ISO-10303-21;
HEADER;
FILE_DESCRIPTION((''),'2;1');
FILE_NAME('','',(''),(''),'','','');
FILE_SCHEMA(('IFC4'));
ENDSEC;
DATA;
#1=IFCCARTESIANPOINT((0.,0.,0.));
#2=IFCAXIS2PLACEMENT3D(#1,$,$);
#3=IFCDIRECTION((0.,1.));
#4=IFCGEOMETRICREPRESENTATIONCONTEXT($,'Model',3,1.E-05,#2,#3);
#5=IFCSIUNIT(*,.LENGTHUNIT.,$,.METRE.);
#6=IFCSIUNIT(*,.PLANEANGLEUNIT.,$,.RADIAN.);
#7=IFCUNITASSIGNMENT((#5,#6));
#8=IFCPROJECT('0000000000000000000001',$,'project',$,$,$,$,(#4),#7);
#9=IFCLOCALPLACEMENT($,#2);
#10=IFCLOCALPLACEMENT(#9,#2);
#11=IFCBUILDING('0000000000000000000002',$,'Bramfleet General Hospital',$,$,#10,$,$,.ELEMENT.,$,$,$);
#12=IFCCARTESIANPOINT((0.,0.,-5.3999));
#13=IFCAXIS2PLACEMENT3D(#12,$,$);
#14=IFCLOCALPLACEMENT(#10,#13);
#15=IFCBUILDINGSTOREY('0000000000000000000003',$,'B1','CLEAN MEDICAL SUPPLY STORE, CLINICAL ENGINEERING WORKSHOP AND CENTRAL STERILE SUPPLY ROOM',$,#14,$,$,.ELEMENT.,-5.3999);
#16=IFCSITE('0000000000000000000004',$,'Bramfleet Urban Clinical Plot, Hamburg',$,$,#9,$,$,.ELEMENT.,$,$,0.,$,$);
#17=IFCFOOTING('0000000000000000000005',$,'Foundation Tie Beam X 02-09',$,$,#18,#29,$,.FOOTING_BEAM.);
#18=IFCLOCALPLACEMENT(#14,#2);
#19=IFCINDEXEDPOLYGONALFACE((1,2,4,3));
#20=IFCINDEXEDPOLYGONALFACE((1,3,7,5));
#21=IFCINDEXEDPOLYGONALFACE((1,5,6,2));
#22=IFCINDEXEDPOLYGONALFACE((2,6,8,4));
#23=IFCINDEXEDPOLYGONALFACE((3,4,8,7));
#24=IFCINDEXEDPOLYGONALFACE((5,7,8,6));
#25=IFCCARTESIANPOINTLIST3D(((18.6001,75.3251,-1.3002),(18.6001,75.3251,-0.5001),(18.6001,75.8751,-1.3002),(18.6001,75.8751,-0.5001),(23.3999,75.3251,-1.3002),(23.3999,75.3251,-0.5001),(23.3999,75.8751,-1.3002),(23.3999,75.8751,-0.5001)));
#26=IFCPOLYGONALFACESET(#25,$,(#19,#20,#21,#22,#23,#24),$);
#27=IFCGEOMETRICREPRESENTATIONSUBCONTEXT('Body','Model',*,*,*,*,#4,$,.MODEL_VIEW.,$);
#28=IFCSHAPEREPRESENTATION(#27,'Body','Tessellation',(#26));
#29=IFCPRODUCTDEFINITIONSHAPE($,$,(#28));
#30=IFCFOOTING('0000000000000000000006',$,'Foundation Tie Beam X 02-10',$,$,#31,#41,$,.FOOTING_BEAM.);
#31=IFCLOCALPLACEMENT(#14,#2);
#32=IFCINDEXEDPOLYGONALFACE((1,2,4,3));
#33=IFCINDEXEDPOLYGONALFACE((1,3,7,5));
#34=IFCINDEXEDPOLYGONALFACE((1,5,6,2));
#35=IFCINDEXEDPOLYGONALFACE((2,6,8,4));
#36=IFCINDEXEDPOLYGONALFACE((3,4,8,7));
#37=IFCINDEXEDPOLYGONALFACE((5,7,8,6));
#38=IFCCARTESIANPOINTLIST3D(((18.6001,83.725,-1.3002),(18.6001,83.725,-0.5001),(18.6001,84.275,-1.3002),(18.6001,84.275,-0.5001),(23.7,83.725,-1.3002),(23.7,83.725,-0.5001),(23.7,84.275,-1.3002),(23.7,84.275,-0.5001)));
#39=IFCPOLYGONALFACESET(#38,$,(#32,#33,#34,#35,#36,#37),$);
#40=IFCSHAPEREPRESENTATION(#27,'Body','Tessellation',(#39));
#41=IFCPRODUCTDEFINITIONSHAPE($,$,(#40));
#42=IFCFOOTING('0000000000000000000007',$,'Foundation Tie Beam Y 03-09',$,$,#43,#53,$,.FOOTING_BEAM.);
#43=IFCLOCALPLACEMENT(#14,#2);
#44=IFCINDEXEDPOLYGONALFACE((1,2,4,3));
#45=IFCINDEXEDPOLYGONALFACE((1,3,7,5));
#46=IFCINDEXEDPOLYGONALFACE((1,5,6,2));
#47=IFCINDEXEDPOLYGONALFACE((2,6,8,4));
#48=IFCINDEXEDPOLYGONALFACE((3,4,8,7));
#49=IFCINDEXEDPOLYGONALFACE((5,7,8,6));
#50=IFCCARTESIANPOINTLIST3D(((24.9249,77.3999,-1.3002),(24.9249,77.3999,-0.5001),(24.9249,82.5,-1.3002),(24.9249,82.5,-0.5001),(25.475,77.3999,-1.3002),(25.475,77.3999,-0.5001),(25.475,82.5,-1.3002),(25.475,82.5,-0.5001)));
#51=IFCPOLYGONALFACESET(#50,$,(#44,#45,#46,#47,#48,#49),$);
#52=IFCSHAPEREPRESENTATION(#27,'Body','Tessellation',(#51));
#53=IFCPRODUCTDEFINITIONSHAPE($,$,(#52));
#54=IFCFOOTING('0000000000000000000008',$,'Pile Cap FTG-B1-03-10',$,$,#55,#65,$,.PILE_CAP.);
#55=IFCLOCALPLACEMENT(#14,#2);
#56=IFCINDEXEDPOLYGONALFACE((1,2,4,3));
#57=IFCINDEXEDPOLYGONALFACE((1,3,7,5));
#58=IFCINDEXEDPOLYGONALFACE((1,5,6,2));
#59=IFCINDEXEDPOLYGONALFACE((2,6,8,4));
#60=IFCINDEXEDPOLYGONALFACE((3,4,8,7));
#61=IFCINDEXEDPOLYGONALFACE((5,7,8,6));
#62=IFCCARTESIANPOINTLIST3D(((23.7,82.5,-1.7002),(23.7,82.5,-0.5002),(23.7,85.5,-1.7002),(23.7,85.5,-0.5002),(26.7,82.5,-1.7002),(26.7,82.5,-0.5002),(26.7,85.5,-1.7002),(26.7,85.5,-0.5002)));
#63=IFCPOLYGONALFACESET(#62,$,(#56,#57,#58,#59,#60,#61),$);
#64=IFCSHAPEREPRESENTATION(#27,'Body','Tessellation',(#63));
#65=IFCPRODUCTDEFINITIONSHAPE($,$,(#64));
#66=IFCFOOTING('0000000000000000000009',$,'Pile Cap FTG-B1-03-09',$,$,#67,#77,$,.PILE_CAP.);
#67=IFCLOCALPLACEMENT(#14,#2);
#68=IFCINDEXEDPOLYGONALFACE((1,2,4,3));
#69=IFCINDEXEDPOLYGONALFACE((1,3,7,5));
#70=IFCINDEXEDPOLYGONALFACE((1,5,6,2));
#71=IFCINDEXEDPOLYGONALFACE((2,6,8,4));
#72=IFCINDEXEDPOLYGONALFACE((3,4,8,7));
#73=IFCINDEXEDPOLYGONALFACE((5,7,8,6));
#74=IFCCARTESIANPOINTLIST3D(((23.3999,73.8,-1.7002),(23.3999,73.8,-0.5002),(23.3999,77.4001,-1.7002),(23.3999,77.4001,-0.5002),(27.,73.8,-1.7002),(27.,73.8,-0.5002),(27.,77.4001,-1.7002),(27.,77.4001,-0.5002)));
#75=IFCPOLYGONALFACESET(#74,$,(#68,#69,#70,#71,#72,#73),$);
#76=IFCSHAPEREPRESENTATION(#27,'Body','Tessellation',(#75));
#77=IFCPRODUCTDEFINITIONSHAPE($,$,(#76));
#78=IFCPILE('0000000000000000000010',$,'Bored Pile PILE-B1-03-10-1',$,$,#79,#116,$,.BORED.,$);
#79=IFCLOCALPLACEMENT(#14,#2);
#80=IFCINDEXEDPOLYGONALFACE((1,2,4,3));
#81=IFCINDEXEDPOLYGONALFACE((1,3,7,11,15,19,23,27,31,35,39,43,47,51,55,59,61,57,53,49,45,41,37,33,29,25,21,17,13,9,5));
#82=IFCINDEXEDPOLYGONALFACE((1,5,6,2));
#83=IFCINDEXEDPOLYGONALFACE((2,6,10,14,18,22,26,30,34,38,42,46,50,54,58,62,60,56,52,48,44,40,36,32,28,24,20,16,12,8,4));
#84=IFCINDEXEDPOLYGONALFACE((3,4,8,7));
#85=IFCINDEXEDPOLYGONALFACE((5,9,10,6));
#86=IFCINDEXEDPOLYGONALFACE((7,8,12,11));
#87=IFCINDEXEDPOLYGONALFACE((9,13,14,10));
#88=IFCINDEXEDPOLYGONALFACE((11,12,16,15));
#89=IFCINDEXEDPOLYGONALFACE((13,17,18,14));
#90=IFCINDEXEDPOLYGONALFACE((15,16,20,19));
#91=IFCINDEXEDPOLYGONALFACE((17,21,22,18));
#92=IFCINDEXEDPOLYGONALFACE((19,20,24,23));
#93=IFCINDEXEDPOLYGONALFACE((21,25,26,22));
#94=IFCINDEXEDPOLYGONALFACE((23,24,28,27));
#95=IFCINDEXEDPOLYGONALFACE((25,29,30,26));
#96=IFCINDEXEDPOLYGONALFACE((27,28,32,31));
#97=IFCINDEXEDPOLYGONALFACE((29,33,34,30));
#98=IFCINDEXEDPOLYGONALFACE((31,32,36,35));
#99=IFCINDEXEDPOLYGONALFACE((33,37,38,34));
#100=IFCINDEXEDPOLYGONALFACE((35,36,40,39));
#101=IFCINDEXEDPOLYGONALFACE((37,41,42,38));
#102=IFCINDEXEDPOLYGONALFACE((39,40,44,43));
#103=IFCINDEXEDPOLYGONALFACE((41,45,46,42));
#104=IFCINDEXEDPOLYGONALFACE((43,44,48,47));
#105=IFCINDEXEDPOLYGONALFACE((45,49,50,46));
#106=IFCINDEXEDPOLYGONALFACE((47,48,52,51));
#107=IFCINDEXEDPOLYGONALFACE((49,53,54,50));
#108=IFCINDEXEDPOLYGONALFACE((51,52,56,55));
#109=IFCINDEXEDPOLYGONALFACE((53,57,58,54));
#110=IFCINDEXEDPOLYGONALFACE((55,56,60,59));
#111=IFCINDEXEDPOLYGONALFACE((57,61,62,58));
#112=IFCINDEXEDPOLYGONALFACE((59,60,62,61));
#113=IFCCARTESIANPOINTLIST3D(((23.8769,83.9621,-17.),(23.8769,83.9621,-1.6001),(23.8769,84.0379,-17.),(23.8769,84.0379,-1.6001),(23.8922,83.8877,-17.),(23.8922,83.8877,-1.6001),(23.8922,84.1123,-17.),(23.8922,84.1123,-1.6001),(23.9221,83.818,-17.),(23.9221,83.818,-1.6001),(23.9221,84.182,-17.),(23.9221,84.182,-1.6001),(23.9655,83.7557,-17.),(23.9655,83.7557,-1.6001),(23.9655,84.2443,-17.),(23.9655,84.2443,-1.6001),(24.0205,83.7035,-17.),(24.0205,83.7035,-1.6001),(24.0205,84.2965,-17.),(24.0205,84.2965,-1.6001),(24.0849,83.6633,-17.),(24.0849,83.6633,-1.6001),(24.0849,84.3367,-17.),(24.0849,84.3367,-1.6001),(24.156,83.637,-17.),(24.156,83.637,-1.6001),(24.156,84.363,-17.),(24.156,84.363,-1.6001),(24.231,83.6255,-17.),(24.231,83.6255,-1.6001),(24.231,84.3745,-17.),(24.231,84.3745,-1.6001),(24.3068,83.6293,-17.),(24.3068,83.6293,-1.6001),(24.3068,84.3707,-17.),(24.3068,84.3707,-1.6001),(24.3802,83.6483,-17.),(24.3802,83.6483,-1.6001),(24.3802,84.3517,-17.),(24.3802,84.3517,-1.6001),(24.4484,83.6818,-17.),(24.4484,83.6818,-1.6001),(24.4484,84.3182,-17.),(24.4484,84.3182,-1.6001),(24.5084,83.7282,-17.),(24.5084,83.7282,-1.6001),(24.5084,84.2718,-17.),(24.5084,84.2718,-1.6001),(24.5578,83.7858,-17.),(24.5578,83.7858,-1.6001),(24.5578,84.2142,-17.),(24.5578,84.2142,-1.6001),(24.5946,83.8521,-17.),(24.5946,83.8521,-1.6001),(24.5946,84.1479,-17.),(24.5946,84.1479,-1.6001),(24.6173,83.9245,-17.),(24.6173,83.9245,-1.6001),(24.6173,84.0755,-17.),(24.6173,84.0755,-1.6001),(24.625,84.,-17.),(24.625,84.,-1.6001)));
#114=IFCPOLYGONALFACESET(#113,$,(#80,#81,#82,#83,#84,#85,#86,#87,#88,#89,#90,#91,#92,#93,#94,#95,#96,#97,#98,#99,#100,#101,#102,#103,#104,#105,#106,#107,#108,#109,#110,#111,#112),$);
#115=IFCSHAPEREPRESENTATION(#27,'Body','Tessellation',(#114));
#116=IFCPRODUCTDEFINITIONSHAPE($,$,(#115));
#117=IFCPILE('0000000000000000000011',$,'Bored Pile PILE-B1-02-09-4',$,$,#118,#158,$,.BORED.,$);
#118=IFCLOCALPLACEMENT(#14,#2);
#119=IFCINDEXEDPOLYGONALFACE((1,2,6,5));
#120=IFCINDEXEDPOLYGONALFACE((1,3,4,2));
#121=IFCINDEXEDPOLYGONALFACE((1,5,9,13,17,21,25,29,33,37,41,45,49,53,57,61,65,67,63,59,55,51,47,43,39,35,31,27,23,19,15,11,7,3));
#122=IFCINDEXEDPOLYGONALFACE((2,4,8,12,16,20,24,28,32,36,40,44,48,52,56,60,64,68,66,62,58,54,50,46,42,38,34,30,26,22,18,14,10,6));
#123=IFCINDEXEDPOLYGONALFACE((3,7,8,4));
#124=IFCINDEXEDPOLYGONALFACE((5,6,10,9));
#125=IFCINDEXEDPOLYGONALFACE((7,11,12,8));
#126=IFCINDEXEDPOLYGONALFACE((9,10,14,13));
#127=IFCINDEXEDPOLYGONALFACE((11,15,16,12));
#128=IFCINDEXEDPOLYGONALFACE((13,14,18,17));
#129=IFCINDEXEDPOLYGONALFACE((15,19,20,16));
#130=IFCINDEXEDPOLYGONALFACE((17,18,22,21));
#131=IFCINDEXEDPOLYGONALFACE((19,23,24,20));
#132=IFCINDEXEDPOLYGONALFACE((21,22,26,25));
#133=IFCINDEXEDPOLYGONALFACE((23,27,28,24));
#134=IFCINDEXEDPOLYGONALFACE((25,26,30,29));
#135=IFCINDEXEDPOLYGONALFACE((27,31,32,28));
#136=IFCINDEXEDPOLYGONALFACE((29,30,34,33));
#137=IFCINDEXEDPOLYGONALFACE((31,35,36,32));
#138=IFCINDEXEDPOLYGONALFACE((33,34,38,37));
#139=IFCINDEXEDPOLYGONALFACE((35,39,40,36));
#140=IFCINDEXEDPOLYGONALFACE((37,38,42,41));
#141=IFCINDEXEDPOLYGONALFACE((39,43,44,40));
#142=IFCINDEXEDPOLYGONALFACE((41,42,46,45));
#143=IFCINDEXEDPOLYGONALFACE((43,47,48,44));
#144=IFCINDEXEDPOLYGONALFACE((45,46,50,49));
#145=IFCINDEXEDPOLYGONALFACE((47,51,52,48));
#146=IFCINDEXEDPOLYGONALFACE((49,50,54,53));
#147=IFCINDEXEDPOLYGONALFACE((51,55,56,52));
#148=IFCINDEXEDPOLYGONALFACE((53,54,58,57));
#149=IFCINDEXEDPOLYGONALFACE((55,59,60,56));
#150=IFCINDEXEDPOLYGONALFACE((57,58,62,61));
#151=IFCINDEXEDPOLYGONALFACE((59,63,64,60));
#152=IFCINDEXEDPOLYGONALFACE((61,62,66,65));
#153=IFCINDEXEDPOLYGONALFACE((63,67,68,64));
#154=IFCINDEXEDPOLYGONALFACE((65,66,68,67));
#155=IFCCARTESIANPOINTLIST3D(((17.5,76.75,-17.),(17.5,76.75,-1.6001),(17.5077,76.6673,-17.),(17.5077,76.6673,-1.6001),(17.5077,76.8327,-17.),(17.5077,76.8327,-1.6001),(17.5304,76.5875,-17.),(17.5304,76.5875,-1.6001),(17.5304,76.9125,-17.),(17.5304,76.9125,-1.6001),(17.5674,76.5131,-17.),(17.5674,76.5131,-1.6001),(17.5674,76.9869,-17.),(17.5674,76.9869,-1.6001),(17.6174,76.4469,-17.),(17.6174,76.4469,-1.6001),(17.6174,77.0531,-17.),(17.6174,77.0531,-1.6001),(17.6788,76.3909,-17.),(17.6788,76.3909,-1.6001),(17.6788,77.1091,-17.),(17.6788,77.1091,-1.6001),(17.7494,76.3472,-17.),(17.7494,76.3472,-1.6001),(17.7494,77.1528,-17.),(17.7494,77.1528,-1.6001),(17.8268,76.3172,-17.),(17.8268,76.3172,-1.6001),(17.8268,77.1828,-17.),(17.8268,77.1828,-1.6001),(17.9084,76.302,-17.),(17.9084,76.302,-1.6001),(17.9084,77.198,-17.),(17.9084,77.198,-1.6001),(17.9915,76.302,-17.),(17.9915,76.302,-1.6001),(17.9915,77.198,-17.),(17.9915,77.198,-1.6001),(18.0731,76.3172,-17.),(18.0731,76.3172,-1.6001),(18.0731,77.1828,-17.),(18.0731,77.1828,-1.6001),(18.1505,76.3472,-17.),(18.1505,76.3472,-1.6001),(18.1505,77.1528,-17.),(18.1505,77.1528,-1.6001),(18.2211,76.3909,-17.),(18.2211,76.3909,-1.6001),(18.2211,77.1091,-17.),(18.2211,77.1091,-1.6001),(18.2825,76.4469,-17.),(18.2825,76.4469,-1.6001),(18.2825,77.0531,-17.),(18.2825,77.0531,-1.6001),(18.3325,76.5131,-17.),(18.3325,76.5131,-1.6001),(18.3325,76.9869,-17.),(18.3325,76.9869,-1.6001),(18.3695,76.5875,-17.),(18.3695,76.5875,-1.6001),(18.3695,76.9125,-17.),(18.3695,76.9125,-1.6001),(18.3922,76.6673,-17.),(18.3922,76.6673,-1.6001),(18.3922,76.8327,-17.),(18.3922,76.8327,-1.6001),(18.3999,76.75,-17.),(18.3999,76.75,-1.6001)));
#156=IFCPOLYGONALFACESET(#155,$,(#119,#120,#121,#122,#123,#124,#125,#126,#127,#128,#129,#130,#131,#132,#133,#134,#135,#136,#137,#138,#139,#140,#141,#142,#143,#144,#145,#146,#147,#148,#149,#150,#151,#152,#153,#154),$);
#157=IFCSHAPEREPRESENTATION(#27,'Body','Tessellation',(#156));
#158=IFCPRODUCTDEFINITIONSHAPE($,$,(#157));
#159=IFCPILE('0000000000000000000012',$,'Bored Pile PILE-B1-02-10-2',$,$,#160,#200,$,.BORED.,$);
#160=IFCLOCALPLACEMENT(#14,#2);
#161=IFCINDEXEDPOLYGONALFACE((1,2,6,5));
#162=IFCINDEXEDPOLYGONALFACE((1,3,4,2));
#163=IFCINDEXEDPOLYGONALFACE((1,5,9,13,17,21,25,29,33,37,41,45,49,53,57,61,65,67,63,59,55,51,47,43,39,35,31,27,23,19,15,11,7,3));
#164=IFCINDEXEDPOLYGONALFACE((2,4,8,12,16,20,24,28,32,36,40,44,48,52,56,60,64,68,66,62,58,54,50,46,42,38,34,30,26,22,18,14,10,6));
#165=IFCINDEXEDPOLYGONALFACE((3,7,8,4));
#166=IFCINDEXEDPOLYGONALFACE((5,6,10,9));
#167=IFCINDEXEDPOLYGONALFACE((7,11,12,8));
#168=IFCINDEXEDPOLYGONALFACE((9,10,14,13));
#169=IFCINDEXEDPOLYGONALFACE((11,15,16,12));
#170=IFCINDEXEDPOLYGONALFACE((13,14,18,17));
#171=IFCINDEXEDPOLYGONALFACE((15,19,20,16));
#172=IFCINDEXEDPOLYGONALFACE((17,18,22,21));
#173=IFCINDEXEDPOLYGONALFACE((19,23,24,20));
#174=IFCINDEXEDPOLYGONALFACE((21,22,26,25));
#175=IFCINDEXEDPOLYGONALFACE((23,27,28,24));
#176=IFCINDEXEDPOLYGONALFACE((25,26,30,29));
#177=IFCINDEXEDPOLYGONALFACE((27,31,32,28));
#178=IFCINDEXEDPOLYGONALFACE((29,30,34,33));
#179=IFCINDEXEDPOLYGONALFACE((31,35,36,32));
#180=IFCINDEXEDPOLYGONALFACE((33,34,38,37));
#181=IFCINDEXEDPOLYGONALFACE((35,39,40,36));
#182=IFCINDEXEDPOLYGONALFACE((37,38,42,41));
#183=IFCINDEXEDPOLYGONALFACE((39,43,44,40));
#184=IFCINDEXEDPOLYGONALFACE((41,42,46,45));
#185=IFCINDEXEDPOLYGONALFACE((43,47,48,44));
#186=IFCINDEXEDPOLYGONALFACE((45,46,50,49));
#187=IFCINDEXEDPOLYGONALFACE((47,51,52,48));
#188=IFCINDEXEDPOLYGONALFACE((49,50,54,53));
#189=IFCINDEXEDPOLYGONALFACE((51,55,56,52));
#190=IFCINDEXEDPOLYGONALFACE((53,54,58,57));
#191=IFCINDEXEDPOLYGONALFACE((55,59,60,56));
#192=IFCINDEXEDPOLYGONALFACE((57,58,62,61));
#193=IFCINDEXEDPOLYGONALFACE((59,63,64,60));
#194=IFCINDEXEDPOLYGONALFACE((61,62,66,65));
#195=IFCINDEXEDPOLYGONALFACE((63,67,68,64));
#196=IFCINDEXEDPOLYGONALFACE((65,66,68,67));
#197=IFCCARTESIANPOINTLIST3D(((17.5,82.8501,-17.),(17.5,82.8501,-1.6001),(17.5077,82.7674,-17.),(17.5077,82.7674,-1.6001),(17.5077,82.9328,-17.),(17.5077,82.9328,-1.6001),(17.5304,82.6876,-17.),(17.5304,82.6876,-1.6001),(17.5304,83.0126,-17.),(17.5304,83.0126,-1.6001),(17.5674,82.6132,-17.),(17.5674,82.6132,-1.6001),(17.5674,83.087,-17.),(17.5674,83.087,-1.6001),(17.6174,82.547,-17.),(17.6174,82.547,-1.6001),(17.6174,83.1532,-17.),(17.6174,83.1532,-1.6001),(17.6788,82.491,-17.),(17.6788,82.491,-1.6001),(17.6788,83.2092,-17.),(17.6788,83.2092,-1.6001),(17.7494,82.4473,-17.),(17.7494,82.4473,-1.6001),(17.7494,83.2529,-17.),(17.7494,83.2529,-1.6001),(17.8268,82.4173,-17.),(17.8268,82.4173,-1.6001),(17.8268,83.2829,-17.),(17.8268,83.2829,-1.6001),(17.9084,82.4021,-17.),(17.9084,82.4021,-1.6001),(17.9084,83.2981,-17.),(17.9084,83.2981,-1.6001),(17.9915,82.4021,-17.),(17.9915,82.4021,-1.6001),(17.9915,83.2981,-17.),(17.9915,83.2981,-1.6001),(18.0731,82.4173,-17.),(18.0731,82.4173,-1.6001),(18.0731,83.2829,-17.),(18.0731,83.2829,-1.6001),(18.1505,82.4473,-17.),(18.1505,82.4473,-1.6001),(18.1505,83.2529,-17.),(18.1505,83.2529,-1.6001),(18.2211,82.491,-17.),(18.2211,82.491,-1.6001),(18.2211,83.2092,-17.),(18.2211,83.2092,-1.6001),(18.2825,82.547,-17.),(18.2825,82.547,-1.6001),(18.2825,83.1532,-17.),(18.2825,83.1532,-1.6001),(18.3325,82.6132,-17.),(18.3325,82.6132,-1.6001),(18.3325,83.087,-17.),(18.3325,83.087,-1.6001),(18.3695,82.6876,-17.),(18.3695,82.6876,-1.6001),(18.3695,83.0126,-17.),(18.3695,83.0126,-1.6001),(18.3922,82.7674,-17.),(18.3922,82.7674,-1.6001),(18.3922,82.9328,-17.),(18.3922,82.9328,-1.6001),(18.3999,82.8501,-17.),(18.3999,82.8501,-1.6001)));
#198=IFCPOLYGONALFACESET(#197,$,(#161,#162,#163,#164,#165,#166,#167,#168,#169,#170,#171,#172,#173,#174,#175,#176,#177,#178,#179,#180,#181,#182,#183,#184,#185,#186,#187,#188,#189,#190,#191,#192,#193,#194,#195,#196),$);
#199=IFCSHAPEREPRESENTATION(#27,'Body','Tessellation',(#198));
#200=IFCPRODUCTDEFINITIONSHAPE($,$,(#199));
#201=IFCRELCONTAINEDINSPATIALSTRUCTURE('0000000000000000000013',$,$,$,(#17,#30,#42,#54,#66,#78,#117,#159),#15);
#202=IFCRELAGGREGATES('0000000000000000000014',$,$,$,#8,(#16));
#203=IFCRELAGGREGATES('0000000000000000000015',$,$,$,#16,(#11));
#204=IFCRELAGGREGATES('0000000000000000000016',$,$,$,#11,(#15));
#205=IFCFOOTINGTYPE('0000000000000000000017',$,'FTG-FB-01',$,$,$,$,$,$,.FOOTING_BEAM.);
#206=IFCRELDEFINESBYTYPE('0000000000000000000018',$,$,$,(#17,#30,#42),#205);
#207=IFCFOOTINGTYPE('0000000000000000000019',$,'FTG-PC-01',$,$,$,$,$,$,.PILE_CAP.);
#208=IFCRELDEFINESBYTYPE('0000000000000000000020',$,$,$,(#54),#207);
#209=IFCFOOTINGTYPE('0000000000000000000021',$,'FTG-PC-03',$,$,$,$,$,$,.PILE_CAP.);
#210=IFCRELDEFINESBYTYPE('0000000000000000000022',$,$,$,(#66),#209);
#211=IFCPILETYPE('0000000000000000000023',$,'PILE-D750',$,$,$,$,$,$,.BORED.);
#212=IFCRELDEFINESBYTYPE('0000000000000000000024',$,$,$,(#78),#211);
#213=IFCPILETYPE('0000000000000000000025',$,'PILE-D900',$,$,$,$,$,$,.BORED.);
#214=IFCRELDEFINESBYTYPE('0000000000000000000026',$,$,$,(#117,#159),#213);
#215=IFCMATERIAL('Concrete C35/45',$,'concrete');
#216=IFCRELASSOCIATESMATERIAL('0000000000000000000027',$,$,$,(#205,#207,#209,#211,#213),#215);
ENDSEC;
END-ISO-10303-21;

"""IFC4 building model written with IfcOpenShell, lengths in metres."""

from ifc_helpers import new_model, si_unit, direction, frame, origin, origin_2d, place, context, subcontext, project, spatial, rectangle, circle, extrude, material, material_profile, profile_set, type_object, element, save


model = new_model("IFC4")

# Units and contexts
model_context = context("Model", 3, precision=1e-05, world=origin(), true_north=direction((0.0, 1.0)))
body_context = subcontext(model_context, "Body", "Model", "MODEL_VIEW")
ifc_project = project(units=[si_unit("LENGTHUNIT", "METRE"), si_unit("PLANEANGLEUNIT", "RADIAN")], contexts=[model_context])

# Site, building, storey
site_placement = place(None, origin())
site = spatial("IfcSite", under=ifc_project, at=site_placement, Name="Bramfleet Urban Clinical Plot, Hamburg", CompositionType="ELEMENT", RefElevation=0.0)
building_placement = place(site_placement, origin())
building = spatial("IfcBuilding", under=site, at=building_placement, Name="Bramfleet General Hospital", CompositionType="ELEMENT")
storey_placement = place(building_placement, frame((0.0, 0.0, -5.3999)))
storey = spatial("IfcBuildingStorey", under=building, at=storey_placement, Name="B1", Description="CLEAN MEDICAL SUPPLY STORE, CLINICAL ENGINEERING WORKSHOP AND CENTRAL STERILE SUPPLY ROOM", CompositionType="ELEMENT", Elevation=-5.3999)

# Footings
ifc_material_1 = material(Name="Concrete C35/45", Category="concrete")
ifc_material_profile_1 = material_profile(ifc_material_1, rectangle(XDim=0.55, YDim=0.8, at=origin_2d()), Name="RC FB 800x550")
ifc_profile_set_1 = profile_set([ifc_material_profile_1], Name="Concrete C35/45")
footing_type_1 = type_object("IfcFootingType", Name="FTG-FB-01", PredefinedType="FOOTING_BEAM", material=ifc_profile_set_1)
footing_1_placement = place(storey_placement, frame((18.6001, 75.6001, -0.9001), z_axis=(1.0, 0.0, 0.0), x_axis=(0.0, 1.0, 0.0)))
element("IfcFooting", 1, at=footing_1_placement, inside=storey, type_object=footing_type_1, Name="Foundation Tie Beam X 02-09", PredefinedType="FOOTING_BEAM", context=body_context, shape_type="SweptSolid", body=[
    extrude(rectangle(XDim=0.55, YDim=0.8, at=origin_2d()), origin(), (0.0, 0.0, 1.0), 4.7998),
])
footing_2_placement = place(storey_placement, frame((18.6001, 84.0, -0.9001), z_axis=(1.0, 0.0, 0.0), x_axis=(0.0, 1.0, 0.0)))
element("IfcFooting", 2, at=footing_2_placement, inside=storey, type_object=footing_type_1, Name="Foundation Tie Beam X 02-10", PredefinedType="FOOTING_BEAM", context=body_context, shape_type="SweptSolid", body=[
    extrude(rectangle(XDim=0.55, YDim=0.8, at=origin_2d()), origin(), (0.0, 0.0, 1.0), 5.0999),
])
footing_3_placement = place(storey_placement, frame((25.2, 77.3999, -0.9001), z_axis=(0.0, 1.0, 0.0), x_axis=(-1.0, 0.0, 0.0)))
element("IfcFooting", 3, at=footing_3_placement, inside=storey, type_object=footing_type_1, Name="Foundation Tie Beam Y 03-09", PredefinedType="FOOTING_BEAM", context=body_context, shape_type="SweptSolid", body=[
    extrude(rectangle(XDim=0.55, YDim=0.8, at=origin_2d()), origin(), (0.0, 0.0, 1.0), 5.1001),
])
footing_type_2 = type_object("IfcFootingType", Name="FTG-PC-01", PredefinedType="PILE_CAP", material=ifc_material_1)
footing_4_placement = place(storey_placement, frame((25.2, 84.0, -1.7002), z_axis=(0.0, 0.0, 1.0), x_axis=(1.0, 0.0, 0.0)))
element("IfcFooting", 4, at=footing_4_placement, inside=storey, type_object=footing_type_2, Name="Pile Cap FTG-B1-03-10", PredefinedType="PILE_CAP", context=body_context, shape_type="SweptSolid", body=[
    extrude(rectangle(XDim=3.0, YDim=3.0, at=origin_2d()), origin(), (0.0, 0.0, 1.0), 1.2),
])
footing_type_3 = type_object("IfcFootingType", Name="FTG-PC-03", PredefinedType="PILE_CAP", material=ifc_material_1)
footing_5_placement = place(storey_placement, frame((25.2, 75.6001, -1.7002), z_axis=(0.0, 0.0, 1.0), x_axis=(1.0, 0.0, 0.0)))
element("IfcFooting", 5, at=footing_5_placement, inside=storey, type_object=footing_type_3, Name="Pile Cap FTG-B1-03-09", PredefinedType="PILE_CAP", context=body_context, shape_type="SweptSolid", body=[
    extrude(rectangle(XDim=3.6001, YDim=3.6001, at=origin_2d()), origin(), (0.0, 0.0, 1.0), 1.2),
])

# Piles
ifc_material_profile_2 = material_profile(ifc_material_1, circle(Radius=0.375, at=origin_2d()), Name="PILE BORED D750")
ifc_profile_set_2 = profile_set([ifc_material_profile_2], Name="Concrete C35/45")
pile_type_1 = type_object("IfcPileType", Name="PILE-D750", PredefinedType="BORED", material=ifc_profile_set_2)
pile_placement = place(storey_placement, frame((24.25, 84.0, -1.6001), z_axis=(0.0, 0.0, -1.0), x_axis=(1.0, 0.0, 0.0)))
element("IfcPile", 6, at=pile_placement, inside=storey, type_object=pile_type_1, Name="Bored Pile PILE-B1-03-10-1", PredefinedType="BORED", context=body_context, shape_type="SweptSolid", body=[
    extrude(circle(Radius=0.375, at=origin_2d()), origin(), (0.0, 0.0, 1.0), 15.3999),
])
ifc_material_profile_3 = material_profile(ifc_material_1, circle(Radius=0.45, at=origin_2d()), Name="PILE BORED D900")
ifc_profile_set_3 = profile_set([ifc_material_profile_3], Name="Concrete C35/45")
pile_type_2 = type_object("IfcPileType", Name="PILE-D900", PredefinedType="BORED", material=ifc_profile_set_3)
for number, where, z_axis, x_axis, name in (
    (7, (17.95, 76.75, -1.6001), (0.0, 0.0, -1.0), (1.0, 0.0, 0.0), "Bored Pile PILE-B1-02-09-4"),
    (8, (17.95, 82.8501, -1.6001), (0.0, 0.0, -1.0), (1.0, 0.0, 0.0), "Bored Pile PILE-B1-02-10-2"),
):
    element("IfcPile", number, at=place(storey_placement, frame(where, z_axis=z_axis, x_axis=x_axis)), inside=storey, type_object=pile_type_2, Name=name, PredefinedType="BORED", context=body_context, shape_type="SweptSolid", body=[
        extrude(circle(Radius=0.45, at=origin_2d()), origin(), (0.0, 0.0, 1.0), 15.3999),
    ])

save(model, "model.ifc")
